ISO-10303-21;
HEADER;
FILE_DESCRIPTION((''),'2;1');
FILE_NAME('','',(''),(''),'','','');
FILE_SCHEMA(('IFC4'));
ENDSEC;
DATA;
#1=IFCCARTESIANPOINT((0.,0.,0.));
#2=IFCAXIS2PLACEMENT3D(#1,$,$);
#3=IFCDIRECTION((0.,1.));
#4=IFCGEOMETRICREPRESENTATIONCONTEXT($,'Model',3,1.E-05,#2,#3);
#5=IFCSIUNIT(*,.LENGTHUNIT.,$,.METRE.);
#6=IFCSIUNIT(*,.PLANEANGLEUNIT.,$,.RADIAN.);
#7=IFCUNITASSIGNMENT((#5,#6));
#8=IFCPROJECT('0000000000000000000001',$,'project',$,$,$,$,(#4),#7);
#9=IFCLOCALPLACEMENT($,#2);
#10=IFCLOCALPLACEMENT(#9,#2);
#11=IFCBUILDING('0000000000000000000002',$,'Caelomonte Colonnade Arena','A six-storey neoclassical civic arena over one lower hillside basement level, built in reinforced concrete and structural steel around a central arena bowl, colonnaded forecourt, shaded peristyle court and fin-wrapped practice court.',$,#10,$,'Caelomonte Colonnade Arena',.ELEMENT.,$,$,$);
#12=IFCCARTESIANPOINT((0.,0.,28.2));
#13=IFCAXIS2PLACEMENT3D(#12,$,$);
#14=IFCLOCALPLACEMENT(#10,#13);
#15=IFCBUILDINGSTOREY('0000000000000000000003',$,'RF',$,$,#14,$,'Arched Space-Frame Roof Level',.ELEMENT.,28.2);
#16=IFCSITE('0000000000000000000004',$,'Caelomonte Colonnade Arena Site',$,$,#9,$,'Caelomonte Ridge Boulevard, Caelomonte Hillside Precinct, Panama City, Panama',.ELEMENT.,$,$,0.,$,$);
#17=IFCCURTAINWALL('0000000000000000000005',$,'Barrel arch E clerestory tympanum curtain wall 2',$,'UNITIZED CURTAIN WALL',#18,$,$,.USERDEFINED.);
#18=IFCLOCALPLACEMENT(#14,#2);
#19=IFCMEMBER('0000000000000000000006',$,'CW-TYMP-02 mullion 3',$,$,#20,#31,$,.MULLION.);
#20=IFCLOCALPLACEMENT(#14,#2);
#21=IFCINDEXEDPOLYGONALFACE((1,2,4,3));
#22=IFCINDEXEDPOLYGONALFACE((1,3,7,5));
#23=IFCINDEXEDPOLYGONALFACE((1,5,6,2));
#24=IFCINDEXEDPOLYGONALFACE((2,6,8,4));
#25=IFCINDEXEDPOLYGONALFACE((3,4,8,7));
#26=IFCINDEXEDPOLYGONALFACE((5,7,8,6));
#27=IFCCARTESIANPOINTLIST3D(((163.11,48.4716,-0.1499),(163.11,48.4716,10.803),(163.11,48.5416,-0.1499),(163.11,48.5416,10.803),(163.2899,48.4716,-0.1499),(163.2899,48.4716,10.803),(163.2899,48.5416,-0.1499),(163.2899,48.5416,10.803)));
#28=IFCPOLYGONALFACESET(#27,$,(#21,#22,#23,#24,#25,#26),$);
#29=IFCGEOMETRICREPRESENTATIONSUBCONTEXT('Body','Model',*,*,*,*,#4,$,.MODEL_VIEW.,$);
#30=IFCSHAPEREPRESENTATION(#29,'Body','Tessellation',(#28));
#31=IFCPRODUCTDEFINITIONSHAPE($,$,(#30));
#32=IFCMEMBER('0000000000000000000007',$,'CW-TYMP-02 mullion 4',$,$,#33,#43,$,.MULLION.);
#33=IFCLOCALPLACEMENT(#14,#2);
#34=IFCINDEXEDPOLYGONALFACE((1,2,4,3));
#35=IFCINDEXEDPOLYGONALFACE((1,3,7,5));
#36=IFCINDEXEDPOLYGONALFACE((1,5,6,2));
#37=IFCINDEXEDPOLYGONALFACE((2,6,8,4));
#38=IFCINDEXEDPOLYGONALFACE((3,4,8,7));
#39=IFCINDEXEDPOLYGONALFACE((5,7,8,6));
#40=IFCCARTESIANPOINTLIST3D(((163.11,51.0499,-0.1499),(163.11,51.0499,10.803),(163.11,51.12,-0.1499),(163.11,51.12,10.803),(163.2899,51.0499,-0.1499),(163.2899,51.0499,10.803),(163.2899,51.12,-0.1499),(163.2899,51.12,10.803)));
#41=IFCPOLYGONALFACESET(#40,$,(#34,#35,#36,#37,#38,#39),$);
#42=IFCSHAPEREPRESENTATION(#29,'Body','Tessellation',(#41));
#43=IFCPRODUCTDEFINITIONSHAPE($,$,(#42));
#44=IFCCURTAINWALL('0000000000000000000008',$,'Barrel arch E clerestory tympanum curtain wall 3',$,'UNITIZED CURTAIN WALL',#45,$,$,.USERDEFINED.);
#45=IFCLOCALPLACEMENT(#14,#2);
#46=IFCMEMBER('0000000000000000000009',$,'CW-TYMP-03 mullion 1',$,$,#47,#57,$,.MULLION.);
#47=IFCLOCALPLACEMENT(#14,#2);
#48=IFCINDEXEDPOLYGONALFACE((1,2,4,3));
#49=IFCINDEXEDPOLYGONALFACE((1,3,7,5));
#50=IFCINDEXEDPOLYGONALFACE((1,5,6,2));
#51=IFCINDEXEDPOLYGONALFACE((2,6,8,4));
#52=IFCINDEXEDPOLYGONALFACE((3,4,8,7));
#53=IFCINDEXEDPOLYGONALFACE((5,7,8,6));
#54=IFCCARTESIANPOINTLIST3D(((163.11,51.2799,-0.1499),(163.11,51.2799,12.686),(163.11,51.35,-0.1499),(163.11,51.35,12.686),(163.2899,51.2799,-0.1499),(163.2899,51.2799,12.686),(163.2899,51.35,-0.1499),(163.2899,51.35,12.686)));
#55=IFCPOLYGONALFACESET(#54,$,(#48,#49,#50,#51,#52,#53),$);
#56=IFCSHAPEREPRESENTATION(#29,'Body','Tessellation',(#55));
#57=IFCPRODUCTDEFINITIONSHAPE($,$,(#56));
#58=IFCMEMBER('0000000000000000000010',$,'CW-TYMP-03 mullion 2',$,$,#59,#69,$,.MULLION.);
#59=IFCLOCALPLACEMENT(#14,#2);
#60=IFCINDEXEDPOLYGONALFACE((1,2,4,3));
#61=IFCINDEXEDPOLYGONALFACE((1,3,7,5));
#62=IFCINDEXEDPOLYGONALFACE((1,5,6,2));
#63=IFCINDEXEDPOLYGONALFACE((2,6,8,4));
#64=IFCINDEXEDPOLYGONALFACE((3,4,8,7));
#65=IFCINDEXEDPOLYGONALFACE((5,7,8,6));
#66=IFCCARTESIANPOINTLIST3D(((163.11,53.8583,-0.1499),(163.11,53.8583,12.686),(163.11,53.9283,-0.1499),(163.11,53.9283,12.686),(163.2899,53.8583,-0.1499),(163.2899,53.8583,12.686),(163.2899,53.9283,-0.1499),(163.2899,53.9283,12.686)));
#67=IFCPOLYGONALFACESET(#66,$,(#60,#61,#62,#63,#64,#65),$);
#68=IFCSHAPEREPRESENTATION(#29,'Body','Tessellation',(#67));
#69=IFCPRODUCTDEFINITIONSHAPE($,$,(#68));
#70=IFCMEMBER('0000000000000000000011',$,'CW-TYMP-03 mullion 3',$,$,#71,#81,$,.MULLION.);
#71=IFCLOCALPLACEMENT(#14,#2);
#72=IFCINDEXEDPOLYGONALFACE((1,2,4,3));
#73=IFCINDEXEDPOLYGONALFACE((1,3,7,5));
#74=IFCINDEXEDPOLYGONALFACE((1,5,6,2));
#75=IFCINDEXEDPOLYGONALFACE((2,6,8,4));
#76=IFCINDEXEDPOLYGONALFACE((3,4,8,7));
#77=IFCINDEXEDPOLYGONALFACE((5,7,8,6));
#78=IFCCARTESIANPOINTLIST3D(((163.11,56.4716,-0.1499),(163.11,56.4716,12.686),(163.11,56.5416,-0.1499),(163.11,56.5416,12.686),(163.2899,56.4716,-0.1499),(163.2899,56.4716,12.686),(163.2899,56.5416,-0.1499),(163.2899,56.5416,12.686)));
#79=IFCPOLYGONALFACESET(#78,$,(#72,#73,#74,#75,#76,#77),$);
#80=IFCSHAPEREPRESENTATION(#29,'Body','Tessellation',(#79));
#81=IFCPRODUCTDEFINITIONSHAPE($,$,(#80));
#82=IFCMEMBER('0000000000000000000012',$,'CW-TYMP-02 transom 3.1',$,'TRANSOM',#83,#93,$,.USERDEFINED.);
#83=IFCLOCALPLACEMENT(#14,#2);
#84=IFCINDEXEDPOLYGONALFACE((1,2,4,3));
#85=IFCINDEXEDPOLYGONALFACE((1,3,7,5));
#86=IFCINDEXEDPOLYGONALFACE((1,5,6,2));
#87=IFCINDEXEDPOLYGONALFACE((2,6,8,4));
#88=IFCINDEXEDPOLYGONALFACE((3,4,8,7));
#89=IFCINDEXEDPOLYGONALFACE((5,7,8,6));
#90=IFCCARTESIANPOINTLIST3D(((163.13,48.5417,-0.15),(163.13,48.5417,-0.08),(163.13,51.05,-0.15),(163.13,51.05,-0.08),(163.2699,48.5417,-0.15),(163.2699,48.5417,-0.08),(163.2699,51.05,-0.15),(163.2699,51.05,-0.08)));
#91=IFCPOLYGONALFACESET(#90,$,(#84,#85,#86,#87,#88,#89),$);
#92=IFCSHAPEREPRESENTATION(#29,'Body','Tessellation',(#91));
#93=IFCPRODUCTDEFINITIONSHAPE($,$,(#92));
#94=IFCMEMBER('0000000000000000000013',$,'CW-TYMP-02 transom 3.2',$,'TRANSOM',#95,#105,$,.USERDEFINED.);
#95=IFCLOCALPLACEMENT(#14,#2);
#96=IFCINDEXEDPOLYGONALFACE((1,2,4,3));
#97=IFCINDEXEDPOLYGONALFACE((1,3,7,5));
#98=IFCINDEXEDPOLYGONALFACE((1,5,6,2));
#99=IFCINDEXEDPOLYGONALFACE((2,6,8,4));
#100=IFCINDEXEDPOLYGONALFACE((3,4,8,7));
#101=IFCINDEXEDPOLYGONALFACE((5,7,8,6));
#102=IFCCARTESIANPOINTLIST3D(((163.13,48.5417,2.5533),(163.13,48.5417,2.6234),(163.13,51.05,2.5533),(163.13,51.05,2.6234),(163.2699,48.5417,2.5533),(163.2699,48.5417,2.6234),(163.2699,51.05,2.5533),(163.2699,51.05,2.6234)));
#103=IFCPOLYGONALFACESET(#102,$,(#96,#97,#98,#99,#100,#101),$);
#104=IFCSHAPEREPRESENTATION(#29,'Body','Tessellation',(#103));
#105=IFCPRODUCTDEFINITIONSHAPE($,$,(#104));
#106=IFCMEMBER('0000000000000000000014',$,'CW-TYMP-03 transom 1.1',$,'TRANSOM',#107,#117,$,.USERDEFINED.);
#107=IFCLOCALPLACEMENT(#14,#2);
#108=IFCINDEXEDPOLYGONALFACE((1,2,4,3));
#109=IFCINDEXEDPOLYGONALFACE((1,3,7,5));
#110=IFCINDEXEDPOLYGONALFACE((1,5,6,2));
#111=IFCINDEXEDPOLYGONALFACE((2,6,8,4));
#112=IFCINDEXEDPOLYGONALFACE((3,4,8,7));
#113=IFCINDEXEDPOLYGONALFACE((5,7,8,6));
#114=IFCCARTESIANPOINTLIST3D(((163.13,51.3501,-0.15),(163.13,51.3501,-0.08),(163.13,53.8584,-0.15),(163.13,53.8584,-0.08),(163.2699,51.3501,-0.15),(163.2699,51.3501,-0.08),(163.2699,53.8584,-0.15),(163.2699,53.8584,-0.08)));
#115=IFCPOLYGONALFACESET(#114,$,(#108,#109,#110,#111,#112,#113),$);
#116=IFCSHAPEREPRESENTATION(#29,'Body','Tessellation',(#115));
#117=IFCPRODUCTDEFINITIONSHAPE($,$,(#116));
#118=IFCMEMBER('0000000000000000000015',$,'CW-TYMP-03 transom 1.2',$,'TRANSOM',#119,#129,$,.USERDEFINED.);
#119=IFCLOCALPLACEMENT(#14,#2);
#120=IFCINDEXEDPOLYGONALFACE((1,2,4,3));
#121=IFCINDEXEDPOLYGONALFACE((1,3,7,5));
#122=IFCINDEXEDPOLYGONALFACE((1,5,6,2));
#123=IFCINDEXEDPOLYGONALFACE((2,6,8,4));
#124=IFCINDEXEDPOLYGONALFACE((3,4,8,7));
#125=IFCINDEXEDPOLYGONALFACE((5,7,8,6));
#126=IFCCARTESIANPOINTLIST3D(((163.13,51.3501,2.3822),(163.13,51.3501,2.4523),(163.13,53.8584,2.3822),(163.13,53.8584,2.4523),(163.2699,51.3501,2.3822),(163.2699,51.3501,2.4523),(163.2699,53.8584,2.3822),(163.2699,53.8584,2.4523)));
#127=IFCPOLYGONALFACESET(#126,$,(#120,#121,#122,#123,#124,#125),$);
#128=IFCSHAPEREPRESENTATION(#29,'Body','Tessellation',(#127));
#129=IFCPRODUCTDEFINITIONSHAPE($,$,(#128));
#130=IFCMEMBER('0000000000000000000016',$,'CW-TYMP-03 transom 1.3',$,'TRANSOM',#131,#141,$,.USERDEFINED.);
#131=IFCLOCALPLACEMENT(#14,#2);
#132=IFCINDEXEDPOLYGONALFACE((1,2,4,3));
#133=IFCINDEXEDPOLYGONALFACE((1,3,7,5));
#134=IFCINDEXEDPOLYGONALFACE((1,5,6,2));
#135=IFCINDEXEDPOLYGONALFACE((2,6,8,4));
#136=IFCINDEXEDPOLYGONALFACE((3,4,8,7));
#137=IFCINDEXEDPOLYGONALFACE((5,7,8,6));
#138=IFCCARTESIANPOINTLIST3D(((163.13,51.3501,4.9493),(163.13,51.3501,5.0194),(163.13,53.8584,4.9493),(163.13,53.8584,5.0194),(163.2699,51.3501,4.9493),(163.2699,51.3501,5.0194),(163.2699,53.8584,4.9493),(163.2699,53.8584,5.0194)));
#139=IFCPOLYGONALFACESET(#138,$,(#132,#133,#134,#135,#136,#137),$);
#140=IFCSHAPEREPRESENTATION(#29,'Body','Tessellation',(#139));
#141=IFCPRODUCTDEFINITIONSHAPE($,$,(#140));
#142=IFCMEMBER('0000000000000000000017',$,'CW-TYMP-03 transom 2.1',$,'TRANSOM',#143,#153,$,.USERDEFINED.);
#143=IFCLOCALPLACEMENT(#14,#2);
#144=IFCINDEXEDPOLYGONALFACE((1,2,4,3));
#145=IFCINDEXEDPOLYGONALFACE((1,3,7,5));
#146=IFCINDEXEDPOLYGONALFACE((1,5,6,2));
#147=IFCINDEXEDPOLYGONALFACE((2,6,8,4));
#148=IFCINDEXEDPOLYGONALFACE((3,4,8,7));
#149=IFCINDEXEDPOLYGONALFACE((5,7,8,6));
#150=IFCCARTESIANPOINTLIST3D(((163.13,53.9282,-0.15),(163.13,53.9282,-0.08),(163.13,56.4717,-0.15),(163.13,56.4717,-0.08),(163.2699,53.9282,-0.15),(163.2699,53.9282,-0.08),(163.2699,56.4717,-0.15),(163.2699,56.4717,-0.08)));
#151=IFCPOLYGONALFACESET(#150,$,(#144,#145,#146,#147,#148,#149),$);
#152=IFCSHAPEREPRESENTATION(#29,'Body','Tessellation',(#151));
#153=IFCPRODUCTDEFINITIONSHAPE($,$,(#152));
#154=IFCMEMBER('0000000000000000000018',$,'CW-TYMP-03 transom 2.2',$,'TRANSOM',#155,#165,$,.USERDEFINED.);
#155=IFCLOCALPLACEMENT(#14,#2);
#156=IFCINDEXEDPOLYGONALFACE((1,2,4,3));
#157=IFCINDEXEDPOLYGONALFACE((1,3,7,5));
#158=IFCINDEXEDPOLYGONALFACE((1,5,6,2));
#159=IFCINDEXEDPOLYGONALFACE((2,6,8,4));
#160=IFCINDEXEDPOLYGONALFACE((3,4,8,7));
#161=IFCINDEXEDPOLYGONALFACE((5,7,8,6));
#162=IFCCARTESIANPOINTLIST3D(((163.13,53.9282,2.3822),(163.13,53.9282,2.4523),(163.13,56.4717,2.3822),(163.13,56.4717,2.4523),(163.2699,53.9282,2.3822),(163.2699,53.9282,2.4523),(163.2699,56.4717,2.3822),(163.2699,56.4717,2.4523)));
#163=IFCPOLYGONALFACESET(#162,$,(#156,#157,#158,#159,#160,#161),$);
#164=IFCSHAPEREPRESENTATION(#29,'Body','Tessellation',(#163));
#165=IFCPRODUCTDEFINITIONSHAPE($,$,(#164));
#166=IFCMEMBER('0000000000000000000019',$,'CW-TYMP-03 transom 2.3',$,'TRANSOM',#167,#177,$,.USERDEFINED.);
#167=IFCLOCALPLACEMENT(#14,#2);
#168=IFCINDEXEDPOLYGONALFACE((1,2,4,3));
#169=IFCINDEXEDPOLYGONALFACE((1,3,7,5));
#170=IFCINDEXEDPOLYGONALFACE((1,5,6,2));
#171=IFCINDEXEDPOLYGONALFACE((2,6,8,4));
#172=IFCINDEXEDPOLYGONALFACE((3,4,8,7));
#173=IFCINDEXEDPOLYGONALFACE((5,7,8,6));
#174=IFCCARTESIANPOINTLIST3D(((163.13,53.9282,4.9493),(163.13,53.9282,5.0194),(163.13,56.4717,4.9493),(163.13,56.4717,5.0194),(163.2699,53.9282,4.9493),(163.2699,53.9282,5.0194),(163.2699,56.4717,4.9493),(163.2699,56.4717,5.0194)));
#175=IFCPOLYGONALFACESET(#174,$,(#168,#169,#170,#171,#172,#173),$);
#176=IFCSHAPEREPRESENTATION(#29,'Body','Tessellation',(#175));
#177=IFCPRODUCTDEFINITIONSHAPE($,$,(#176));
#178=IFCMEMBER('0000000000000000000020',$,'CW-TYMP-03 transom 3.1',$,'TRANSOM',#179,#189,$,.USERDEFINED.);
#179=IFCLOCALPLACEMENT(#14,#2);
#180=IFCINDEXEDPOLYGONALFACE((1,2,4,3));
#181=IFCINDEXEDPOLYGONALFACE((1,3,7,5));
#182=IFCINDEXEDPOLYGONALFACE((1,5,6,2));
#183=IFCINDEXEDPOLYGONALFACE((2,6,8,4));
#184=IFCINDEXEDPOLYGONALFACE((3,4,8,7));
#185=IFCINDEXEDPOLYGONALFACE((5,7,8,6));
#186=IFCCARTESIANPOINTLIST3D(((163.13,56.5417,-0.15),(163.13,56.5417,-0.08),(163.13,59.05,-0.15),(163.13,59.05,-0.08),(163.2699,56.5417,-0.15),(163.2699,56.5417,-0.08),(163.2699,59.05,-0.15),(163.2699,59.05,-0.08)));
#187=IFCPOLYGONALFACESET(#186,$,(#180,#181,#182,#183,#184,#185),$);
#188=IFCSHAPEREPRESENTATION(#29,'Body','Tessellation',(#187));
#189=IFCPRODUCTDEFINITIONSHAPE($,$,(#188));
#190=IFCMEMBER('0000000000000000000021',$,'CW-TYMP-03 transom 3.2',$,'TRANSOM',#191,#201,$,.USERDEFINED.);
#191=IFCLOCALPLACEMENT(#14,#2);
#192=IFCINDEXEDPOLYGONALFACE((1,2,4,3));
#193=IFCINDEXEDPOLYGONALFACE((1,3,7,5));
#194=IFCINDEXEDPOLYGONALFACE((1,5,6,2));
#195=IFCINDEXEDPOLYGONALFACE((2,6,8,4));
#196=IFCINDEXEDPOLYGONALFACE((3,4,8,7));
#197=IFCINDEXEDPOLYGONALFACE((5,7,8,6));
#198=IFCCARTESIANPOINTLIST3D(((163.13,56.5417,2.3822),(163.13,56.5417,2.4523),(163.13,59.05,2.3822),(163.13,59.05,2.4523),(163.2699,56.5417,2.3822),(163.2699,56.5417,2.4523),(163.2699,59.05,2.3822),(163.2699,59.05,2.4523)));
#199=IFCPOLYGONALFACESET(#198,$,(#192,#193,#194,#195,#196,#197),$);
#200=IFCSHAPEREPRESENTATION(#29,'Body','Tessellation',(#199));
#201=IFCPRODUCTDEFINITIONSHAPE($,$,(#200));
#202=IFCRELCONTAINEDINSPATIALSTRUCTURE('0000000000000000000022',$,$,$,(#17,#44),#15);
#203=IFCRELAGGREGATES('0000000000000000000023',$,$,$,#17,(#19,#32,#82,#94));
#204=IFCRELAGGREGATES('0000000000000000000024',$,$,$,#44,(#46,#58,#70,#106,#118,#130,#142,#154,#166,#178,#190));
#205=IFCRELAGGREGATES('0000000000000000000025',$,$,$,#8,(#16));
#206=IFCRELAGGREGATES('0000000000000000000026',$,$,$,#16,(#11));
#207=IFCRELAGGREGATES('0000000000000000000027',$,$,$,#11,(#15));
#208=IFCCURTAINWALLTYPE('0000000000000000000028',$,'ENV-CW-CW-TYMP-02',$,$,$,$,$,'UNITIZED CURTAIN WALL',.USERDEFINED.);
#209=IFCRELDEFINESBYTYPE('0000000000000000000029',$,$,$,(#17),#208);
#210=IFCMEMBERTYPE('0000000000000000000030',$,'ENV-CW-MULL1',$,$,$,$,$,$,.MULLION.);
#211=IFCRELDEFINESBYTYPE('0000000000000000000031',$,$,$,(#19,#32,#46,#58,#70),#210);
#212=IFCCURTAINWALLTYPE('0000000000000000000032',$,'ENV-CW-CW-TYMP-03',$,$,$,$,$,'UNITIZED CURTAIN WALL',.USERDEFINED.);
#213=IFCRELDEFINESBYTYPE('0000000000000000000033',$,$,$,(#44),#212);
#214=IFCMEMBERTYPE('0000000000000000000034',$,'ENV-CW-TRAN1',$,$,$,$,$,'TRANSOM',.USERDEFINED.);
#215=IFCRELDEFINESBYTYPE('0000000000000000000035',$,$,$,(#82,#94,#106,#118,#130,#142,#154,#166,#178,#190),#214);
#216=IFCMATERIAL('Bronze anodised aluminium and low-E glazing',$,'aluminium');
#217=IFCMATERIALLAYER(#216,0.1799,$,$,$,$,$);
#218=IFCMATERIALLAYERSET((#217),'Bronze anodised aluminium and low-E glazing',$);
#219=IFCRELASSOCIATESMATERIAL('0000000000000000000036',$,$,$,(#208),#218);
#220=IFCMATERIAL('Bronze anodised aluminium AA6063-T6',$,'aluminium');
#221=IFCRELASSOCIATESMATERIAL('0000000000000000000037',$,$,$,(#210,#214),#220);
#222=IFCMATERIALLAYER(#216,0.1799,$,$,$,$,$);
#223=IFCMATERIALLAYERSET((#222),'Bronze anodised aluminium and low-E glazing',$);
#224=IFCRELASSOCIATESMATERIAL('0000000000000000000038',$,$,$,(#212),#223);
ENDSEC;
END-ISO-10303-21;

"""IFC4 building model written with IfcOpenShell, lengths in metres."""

from ifc_helpers import new_model, si_unit, direction, frame, origin, origin_2d, place, context, subcontext, project, spatial, rectangle, extrude, material, layer, layer_set, material_profile, profile_set, type_object, element, aggregate, save


model = new_model("IFC4")

# Units and contexts
model_context = context("Model", 3, precision=1e-05, world=origin(), true_north=direction((0.0, 1.0)))
body_context = subcontext(model_context, "Body", "Model", "MODEL_VIEW")
ifc_project = project(units=[si_unit("LENGTHUNIT", "METRE"), si_unit("PLANEANGLEUNIT", "RADIAN")], contexts=[model_context])

# Site, building, storey
site_placement = place(None, origin())
site = spatial("IfcSite", under=ifc_project, at=site_placement, Name="Caelomonte Colonnade Arena Site", LongName="Caelomonte Ridge Boulevard, Caelomonte Hillside Precinct, Panama City, Panama", CompositionType="ELEMENT", RefElevation=0.0)
building_placement = place(site_placement, origin())
building = spatial("IfcBuilding", under=site, at=building_placement, Name="Caelomonte Colonnade Arena", Description="A six-storey neoclassical civic arena over one lower hillside basement level, built in reinforced concrete and structural steel around a central arena bowl, colonnaded forecourt, shaded peristyle court and fin-wrapped practice court.", LongName="Caelomonte Colonnade Arena", CompositionType="ELEMENT")
storey_placement = place(building_placement, frame((0.0, 0.0, 28.2)))
storey = spatial("IfcBuildingStorey", under=building, at=storey_placement, Name="RF", LongName="Arched Space-Frame Roof Level", CompositionType="ELEMENT", Elevation=28.2)

# Curtain walls, members
ifc_material_1 = material(Name="Bronze anodised aluminium and low-E glazing", Category="aluminium")
ifc_layer_1 = layer(ifc_material_1, 0.1799)
ifc_layer_set_1 = layer_set([ifc_layer_1], Name="Bronze anodised aluminium and low-E glazing")
curtain_wall_type_1 = type_object("IfcCurtainWallType", Name="ENV-CW-CW-TYMP-02", ElementType="UNITIZED CURTAIN WALL", PredefinedType="USERDEFINED", material=ifc_layer_set_1)
curtain_wall_1_placement = place(storey_placement, origin())
curtain_wall_1 = element("IfcCurtainWall", 1, at=curtain_wall_1_placement, inside=storey, type_object=curtain_wall_type_1, Name="Barrel arch E clerestory tympanum curtain wall 2", ObjectType="UNITIZED CURTAIN WALL", PredefinedType="USERDEFINED")
ifc_material_2 = material(Name="Bronze anodised aluminium AA6063-T6", Category="aluminium")
ifc_material_profile_1 = material_profile(ifc_material_2, rectangle(XDim=0.0701, YDim=0.1799, at=origin_2d()), Name="CWM-70X180")
ifc_profile_set_1 = profile_set([ifc_material_profile_1], Name="Bronze anodised aluminium AA6063-T6")
member_type_1 = type_object("IfcMemberType", Name="ENV-CW-MULL1", PredefinedType="MULLION", material=ifc_profile_set_1)
member_1_placement = place(storey_placement, frame((163.2, 48.5066, -0.1499), z_axis=(0.0, 0.0, 1.0), x_axis=(0.0, 1.0, 0.0)))
member_1 = element("IfcMember", 2, at=member_1_placement, type_object=member_type_1, Name="CW-TYMP-02 mullion 3", PredefinedType="MULLION", context=body_context, shape_type="SweptSolid", body=[
    extrude(rectangle(XDim=0.0701, YDim=0.1799, at=origin_2d()), origin(), (0.0, 0.0, 1.0), 10.9529),
])
member_2_placement = place(storey_placement, frame((163.2, 51.085, -0.1499), z_axis=(0.0, 0.0, 1.0), x_axis=(0.0, 1.0, 0.0)))
member_2 = element("IfcMember", 3, at=member_2_placement, type_object=member_type_1, Name="CW-TYMP-02 mullion 4", PredefinedType="MULLION", context=body_context, shape_type="SweptSolid", body=[
    extrude(rectangle(XDim=0.0701, YDim=0.1799, at=origin_2d()), origin(), (0.0, 0.0, 1.0), 10.9529),
])
ifc_layer_2 = layer(ifc_material_1, 0.1799)
ifc_layer_set_2 = layer_set([ifc_layer_2], Name="Bronze anodised aluminium and low-E glazing")
curtain_wall_type_2 = type_object("IfcCurtainWallType", Name="ENV-CW-CW-TYMP-03", ElementType="UNITIZED CURTAIN WALL", PredefinedType="USERDEFINED", material=ifc_layer_set_2)
curtain_wall_2_placement = place(storey_placement, origin())
curtain_wall_2 = element("IfcCurtainWall", 4, at=curtain_wall_2_placement, inside=storey, type_object=curtain_wall_type_2, Name="Barrel arch E clerestory tympanum curtain wall 3", ObjectType="UNITIZED CURTAIN WALL", PredefinedType="USERDEFINED")
member_3_placement = place(storey_placement, frame((163.2, 51.3149, -0.1499), z_axis=(0.0, 0.0, 1.0), x_axis=(0.0, 1.0, 0.0)))
member_3 = element("IfcMember", 5, at=member_3_placement, type_object=member_type_1, Name="CW-TYMP-03 mullion 1", PredefinedType="MULLION", context=body_context, shape_type="SweptSolid", body=[
    extrude(rectangle(XDim=0.0701, YDim=0.1799, at=origin_2d()), origin(), (0.0, 0.0, 1.0), 12.8359),
])
member_4_placement = place(storey_placement, frame((163.2, 53.8933, -0.1499), z_axis=(0.0, 0.0, 1.0), x_axis=(0.0, 1.0, 0.0)))
member_4 = element("IfcMember", 6, at=member_4_placement, type_object=member_type_1, Name="CW-TYMP-03 mullion 2", PredefinedType="MULLION", context=body_context, shape_type="SweptSolid", body=[
    extrude(rectangle(XDim=0.0701, YDim=0.1799, at=origin_2d()), origin(), (0.0, 0.0, 1.0), 12.8359),
])
member_5_placement = place(storey_placement, frame((163.2, 56.5066, -0.1499), z_axis=(0.0, 0.0, 1.0), x_axis=(0.0, 1.0, 0.0)))
member_5 = element("IfcMember", 7, at=member_5_placement, type_object=member_type_1, Name="CW-TYMP-03 mullion 3", PredefinedType="MULLION", context=body_context, shape_type="SweptSolid", body=[
    extrude(rectangle(XDim=0.0701, YDim=0.1799, at=origin_2d()), origin(), (0.0, 0.0, 1.0), 12.8359),
])

# Members
ifc_material_profile_2 = material_profile(ifc_material_2, rectangle(XDim=0.0701, YDim=0.1399, at=origin_2d()), Name="CWT-70X140")
ifc_profile_set_2 = profile_set([ifc_material_profile_2], Name="Bronze anodised aluminium AA6063-T6")
member_type_2 = type_object("IfcMemberType", Name="ENV-CW-TRAN1", ElementType="TRANSOM", PredefinedType="USERDEFINED", material=ifc_profile_set_2)
member_6_placement = place(storey_placement, frame((163.2, 48.5417, -0.115), z_axis=(0.0, 1.0, 0.0), x_axis=(0.0, 0.0, 1.0)))
member_6 = element("IfcMember", 8, at=member_6_placement, type_object=member_type_2, Name="CW-TYMP-02 transom 3.1", ObjectType="TRANSOM", PredefinedType="USERDEFINED", context=body_context, shape_type="SweptSolid", body=[
    extrude(rectangle(XDim=0.0701, YDim=0.1399, at=origin_2d()), origin(), (0.0, 0.0, 1.0), 2.5083),
])
member_7_placement = place(storey_placement, frame((163.2, 48.5417, 2.5884), z_axis=(0.0, 1.0, 0.0), x_axis=(0.0, 0.0, 1.0)))
member_7 = element("IfcMember", 9, at=member_7_placement, type_object=member_type_2, Name="CW-TYMP-02 transom 3.2", ObjectType="TRANSOM", PredefinedType="USERDEFINED", context=body_context, shape_type="SweptSolid", body=[
    extrude(rectangle(XDim=0.0701, YDim=0.1399, at=origin_2d()), origin(), (0.0, 0.0, 1.0), 2.5083),
])
member_8_placement = place(storey_placement, frame((163.2, 51.3501, -0.115), z_axis=(0.0, 1.0, 0.0), x_axis=(0.0, 0.0, 1.0)))
member_8 = element("IfcMember", 10, at=member_8_placement, type_object=member_type_2, Name="CW-TYMP-03 transom 1.1", ObjectType="TRANSOM", PredefinedType="USERDEFINED", context=body_context, shape_type="SweptSolid", body=[
    extrude(rectangle(XDim=0.0701, YDim=0.1399, at=origin_2d()), origin(), (0.0, 0.0, 1.0), 2.5083),
])
member_9_placement = place(storey_placement, frame((163.2, 51.3501, 2.4172), z_axis=(0.0, 1.0, 0.0), x_axis=(0.0, 0.0, 1.0)))
member_9 = element("IfcMember", 11, at=member_9_placement, type_object=member_type_2, Name="CW-TYMP-03 transom 1.2", ObjectType="TRANSOM", PredefinedType="USERDEFINED", context=body_context, shape_type="SweptSolid", body=[
    extrude(rectangle(XDim=0.0701, YDim=0.1399, at=origin_2d()), origin(), (0.0, 0.0, 1.0), 2.5083),
])
member_10_placement = place(storey_placement, frame((163.2, 51.3501, 4.9844), z_axis=(0.0, 1.0, 0.0), x_axis=(0.0, 0.0, 1.0)))
member_10 = element("IfcMember", 12, at=member_10_placement, type_object=member_type_2, Name="CW-TYMP-03 transom 1.3", ObjectType="TRANSOM", PredefinedType="USERDEFINED", context=body_context, shape_type="SweptSolid", body=[
    extrude(rectangle(XDim=0.0701, YDim=0.1399, at=origin_2d()), origin(), (0.0, 0.0, 1.0), 2.5083),
])
member_11_placement = place(storey_placement, frame((163.2, 53.9282, -0.115), z_axis=(0.0, 1.0, 0.0), x_axis=(0.0, 0.0, 1.0)))
member_11 = element("IfcMember", 13, at=member_11_placement, type_object=member_type_2, Name="CW-TYMP-03 transom 2.1", ObjectType="TRANSOM", PredefinedType="USERDEFINED", context=body_context, shape_type="SweptSolid", body=[
    extrude(rectangle(XDim=0.0701, YDim=0.1399, at=origin_2d()), origin(), (0.0, 0.0, 1.0), 2.5435),
])
member_12_placement = place(storey_placement, frame((163.2, 53.9282, 2.4172), z_axis=(0.0, 1.0, 0.0), x_axis=(0.0, 0.0, 1.0)))
member_12 = element("IfcMember", 14, at=member_12_placement, type_object=member_type_2, Name="CW-TYMP-03 transom 2.2", ObjectType="TRANSOM", PredefinedType="USERDEFINED", context=body_context, shape_type="SweptSolid", body=[
    extrude(rectangle(XDim=0.0701, YDim=0.1399, at=origin_2d()), origin(), (0.0, 0.0, 1.0), 2.5435),
])
member_13_placement = place(storey_placement, frame((163.2, 53.9282, 4.9844), z_axis=(0.0, 1.0, 0.0), x_axis=(0.0, 0.0, 1.0)))
member_13 = element("IfcMember", 15, at=member_13_placement, type_object=member_type_2, Name="CW-TYMP-03 transom 2.3", ObjectType="TRANSOM", PredefinedType="USERDEFINED", context=body_context, shape_type="SweptSolid", body=[
    extrude(rectangle(XDim=0.0701, YDim=0.1399, at=origin_2d()), origin(), (0.0, 0.0, 1.0), 2.5435),
])
member_14_placement = place(storey_placement, frame((163.2, 56.5417, -0.115), z_axis=(0.0, 1.0, 0.0), x_axis=(0.0, 0.0, 1.0)))
member_14 = element("IfcMember", 16, at=member_14_placement, type_object=member_type_2, Name="CW-TYMP-03 transom 3.1", ObjectType="TRANSOM", PredefinedType="USERDEFINED", context=body_context, shape_type="SweptSolid", body=[
    extrude(rectangle(XDim=0.0701, YDim=0.1399, at=origin_2d()), origin(), (0.0, 0.0, 1.0), 2.5083),
])
member_15_placement = place(storey_placement, frame((163.2, 56.5417, 2.4172), z_axis=(0.0, 1.0, 0.0), x_axis=(0.0, 0.0, 1.0)))
member_15 = element("IfcMember", 17, at=member_15_placement, type_object=member_type_2, Name="CW-TYMP-03 transom 3.2", ObjectType="TRANSOM", PredefinedType="USERDEFINED", context=body_context, shape_type="SweptSolid", body=[
    extrude(rectangle(XDim=0.0701, YDim=0.1399, at=origin_2d()), origin(), (0.0, 0.0, 1.0), 2.5083),
])

aggregate(curtain_wall_1, [member_1, member_2, member_6, member_7])
aggregate(curtain_wall_2, [member_3, member_4, member_5, member_8, member_9, member_10, member_11, member_12, member_13, member_14, member_15])

save(model, "model.ifc")
